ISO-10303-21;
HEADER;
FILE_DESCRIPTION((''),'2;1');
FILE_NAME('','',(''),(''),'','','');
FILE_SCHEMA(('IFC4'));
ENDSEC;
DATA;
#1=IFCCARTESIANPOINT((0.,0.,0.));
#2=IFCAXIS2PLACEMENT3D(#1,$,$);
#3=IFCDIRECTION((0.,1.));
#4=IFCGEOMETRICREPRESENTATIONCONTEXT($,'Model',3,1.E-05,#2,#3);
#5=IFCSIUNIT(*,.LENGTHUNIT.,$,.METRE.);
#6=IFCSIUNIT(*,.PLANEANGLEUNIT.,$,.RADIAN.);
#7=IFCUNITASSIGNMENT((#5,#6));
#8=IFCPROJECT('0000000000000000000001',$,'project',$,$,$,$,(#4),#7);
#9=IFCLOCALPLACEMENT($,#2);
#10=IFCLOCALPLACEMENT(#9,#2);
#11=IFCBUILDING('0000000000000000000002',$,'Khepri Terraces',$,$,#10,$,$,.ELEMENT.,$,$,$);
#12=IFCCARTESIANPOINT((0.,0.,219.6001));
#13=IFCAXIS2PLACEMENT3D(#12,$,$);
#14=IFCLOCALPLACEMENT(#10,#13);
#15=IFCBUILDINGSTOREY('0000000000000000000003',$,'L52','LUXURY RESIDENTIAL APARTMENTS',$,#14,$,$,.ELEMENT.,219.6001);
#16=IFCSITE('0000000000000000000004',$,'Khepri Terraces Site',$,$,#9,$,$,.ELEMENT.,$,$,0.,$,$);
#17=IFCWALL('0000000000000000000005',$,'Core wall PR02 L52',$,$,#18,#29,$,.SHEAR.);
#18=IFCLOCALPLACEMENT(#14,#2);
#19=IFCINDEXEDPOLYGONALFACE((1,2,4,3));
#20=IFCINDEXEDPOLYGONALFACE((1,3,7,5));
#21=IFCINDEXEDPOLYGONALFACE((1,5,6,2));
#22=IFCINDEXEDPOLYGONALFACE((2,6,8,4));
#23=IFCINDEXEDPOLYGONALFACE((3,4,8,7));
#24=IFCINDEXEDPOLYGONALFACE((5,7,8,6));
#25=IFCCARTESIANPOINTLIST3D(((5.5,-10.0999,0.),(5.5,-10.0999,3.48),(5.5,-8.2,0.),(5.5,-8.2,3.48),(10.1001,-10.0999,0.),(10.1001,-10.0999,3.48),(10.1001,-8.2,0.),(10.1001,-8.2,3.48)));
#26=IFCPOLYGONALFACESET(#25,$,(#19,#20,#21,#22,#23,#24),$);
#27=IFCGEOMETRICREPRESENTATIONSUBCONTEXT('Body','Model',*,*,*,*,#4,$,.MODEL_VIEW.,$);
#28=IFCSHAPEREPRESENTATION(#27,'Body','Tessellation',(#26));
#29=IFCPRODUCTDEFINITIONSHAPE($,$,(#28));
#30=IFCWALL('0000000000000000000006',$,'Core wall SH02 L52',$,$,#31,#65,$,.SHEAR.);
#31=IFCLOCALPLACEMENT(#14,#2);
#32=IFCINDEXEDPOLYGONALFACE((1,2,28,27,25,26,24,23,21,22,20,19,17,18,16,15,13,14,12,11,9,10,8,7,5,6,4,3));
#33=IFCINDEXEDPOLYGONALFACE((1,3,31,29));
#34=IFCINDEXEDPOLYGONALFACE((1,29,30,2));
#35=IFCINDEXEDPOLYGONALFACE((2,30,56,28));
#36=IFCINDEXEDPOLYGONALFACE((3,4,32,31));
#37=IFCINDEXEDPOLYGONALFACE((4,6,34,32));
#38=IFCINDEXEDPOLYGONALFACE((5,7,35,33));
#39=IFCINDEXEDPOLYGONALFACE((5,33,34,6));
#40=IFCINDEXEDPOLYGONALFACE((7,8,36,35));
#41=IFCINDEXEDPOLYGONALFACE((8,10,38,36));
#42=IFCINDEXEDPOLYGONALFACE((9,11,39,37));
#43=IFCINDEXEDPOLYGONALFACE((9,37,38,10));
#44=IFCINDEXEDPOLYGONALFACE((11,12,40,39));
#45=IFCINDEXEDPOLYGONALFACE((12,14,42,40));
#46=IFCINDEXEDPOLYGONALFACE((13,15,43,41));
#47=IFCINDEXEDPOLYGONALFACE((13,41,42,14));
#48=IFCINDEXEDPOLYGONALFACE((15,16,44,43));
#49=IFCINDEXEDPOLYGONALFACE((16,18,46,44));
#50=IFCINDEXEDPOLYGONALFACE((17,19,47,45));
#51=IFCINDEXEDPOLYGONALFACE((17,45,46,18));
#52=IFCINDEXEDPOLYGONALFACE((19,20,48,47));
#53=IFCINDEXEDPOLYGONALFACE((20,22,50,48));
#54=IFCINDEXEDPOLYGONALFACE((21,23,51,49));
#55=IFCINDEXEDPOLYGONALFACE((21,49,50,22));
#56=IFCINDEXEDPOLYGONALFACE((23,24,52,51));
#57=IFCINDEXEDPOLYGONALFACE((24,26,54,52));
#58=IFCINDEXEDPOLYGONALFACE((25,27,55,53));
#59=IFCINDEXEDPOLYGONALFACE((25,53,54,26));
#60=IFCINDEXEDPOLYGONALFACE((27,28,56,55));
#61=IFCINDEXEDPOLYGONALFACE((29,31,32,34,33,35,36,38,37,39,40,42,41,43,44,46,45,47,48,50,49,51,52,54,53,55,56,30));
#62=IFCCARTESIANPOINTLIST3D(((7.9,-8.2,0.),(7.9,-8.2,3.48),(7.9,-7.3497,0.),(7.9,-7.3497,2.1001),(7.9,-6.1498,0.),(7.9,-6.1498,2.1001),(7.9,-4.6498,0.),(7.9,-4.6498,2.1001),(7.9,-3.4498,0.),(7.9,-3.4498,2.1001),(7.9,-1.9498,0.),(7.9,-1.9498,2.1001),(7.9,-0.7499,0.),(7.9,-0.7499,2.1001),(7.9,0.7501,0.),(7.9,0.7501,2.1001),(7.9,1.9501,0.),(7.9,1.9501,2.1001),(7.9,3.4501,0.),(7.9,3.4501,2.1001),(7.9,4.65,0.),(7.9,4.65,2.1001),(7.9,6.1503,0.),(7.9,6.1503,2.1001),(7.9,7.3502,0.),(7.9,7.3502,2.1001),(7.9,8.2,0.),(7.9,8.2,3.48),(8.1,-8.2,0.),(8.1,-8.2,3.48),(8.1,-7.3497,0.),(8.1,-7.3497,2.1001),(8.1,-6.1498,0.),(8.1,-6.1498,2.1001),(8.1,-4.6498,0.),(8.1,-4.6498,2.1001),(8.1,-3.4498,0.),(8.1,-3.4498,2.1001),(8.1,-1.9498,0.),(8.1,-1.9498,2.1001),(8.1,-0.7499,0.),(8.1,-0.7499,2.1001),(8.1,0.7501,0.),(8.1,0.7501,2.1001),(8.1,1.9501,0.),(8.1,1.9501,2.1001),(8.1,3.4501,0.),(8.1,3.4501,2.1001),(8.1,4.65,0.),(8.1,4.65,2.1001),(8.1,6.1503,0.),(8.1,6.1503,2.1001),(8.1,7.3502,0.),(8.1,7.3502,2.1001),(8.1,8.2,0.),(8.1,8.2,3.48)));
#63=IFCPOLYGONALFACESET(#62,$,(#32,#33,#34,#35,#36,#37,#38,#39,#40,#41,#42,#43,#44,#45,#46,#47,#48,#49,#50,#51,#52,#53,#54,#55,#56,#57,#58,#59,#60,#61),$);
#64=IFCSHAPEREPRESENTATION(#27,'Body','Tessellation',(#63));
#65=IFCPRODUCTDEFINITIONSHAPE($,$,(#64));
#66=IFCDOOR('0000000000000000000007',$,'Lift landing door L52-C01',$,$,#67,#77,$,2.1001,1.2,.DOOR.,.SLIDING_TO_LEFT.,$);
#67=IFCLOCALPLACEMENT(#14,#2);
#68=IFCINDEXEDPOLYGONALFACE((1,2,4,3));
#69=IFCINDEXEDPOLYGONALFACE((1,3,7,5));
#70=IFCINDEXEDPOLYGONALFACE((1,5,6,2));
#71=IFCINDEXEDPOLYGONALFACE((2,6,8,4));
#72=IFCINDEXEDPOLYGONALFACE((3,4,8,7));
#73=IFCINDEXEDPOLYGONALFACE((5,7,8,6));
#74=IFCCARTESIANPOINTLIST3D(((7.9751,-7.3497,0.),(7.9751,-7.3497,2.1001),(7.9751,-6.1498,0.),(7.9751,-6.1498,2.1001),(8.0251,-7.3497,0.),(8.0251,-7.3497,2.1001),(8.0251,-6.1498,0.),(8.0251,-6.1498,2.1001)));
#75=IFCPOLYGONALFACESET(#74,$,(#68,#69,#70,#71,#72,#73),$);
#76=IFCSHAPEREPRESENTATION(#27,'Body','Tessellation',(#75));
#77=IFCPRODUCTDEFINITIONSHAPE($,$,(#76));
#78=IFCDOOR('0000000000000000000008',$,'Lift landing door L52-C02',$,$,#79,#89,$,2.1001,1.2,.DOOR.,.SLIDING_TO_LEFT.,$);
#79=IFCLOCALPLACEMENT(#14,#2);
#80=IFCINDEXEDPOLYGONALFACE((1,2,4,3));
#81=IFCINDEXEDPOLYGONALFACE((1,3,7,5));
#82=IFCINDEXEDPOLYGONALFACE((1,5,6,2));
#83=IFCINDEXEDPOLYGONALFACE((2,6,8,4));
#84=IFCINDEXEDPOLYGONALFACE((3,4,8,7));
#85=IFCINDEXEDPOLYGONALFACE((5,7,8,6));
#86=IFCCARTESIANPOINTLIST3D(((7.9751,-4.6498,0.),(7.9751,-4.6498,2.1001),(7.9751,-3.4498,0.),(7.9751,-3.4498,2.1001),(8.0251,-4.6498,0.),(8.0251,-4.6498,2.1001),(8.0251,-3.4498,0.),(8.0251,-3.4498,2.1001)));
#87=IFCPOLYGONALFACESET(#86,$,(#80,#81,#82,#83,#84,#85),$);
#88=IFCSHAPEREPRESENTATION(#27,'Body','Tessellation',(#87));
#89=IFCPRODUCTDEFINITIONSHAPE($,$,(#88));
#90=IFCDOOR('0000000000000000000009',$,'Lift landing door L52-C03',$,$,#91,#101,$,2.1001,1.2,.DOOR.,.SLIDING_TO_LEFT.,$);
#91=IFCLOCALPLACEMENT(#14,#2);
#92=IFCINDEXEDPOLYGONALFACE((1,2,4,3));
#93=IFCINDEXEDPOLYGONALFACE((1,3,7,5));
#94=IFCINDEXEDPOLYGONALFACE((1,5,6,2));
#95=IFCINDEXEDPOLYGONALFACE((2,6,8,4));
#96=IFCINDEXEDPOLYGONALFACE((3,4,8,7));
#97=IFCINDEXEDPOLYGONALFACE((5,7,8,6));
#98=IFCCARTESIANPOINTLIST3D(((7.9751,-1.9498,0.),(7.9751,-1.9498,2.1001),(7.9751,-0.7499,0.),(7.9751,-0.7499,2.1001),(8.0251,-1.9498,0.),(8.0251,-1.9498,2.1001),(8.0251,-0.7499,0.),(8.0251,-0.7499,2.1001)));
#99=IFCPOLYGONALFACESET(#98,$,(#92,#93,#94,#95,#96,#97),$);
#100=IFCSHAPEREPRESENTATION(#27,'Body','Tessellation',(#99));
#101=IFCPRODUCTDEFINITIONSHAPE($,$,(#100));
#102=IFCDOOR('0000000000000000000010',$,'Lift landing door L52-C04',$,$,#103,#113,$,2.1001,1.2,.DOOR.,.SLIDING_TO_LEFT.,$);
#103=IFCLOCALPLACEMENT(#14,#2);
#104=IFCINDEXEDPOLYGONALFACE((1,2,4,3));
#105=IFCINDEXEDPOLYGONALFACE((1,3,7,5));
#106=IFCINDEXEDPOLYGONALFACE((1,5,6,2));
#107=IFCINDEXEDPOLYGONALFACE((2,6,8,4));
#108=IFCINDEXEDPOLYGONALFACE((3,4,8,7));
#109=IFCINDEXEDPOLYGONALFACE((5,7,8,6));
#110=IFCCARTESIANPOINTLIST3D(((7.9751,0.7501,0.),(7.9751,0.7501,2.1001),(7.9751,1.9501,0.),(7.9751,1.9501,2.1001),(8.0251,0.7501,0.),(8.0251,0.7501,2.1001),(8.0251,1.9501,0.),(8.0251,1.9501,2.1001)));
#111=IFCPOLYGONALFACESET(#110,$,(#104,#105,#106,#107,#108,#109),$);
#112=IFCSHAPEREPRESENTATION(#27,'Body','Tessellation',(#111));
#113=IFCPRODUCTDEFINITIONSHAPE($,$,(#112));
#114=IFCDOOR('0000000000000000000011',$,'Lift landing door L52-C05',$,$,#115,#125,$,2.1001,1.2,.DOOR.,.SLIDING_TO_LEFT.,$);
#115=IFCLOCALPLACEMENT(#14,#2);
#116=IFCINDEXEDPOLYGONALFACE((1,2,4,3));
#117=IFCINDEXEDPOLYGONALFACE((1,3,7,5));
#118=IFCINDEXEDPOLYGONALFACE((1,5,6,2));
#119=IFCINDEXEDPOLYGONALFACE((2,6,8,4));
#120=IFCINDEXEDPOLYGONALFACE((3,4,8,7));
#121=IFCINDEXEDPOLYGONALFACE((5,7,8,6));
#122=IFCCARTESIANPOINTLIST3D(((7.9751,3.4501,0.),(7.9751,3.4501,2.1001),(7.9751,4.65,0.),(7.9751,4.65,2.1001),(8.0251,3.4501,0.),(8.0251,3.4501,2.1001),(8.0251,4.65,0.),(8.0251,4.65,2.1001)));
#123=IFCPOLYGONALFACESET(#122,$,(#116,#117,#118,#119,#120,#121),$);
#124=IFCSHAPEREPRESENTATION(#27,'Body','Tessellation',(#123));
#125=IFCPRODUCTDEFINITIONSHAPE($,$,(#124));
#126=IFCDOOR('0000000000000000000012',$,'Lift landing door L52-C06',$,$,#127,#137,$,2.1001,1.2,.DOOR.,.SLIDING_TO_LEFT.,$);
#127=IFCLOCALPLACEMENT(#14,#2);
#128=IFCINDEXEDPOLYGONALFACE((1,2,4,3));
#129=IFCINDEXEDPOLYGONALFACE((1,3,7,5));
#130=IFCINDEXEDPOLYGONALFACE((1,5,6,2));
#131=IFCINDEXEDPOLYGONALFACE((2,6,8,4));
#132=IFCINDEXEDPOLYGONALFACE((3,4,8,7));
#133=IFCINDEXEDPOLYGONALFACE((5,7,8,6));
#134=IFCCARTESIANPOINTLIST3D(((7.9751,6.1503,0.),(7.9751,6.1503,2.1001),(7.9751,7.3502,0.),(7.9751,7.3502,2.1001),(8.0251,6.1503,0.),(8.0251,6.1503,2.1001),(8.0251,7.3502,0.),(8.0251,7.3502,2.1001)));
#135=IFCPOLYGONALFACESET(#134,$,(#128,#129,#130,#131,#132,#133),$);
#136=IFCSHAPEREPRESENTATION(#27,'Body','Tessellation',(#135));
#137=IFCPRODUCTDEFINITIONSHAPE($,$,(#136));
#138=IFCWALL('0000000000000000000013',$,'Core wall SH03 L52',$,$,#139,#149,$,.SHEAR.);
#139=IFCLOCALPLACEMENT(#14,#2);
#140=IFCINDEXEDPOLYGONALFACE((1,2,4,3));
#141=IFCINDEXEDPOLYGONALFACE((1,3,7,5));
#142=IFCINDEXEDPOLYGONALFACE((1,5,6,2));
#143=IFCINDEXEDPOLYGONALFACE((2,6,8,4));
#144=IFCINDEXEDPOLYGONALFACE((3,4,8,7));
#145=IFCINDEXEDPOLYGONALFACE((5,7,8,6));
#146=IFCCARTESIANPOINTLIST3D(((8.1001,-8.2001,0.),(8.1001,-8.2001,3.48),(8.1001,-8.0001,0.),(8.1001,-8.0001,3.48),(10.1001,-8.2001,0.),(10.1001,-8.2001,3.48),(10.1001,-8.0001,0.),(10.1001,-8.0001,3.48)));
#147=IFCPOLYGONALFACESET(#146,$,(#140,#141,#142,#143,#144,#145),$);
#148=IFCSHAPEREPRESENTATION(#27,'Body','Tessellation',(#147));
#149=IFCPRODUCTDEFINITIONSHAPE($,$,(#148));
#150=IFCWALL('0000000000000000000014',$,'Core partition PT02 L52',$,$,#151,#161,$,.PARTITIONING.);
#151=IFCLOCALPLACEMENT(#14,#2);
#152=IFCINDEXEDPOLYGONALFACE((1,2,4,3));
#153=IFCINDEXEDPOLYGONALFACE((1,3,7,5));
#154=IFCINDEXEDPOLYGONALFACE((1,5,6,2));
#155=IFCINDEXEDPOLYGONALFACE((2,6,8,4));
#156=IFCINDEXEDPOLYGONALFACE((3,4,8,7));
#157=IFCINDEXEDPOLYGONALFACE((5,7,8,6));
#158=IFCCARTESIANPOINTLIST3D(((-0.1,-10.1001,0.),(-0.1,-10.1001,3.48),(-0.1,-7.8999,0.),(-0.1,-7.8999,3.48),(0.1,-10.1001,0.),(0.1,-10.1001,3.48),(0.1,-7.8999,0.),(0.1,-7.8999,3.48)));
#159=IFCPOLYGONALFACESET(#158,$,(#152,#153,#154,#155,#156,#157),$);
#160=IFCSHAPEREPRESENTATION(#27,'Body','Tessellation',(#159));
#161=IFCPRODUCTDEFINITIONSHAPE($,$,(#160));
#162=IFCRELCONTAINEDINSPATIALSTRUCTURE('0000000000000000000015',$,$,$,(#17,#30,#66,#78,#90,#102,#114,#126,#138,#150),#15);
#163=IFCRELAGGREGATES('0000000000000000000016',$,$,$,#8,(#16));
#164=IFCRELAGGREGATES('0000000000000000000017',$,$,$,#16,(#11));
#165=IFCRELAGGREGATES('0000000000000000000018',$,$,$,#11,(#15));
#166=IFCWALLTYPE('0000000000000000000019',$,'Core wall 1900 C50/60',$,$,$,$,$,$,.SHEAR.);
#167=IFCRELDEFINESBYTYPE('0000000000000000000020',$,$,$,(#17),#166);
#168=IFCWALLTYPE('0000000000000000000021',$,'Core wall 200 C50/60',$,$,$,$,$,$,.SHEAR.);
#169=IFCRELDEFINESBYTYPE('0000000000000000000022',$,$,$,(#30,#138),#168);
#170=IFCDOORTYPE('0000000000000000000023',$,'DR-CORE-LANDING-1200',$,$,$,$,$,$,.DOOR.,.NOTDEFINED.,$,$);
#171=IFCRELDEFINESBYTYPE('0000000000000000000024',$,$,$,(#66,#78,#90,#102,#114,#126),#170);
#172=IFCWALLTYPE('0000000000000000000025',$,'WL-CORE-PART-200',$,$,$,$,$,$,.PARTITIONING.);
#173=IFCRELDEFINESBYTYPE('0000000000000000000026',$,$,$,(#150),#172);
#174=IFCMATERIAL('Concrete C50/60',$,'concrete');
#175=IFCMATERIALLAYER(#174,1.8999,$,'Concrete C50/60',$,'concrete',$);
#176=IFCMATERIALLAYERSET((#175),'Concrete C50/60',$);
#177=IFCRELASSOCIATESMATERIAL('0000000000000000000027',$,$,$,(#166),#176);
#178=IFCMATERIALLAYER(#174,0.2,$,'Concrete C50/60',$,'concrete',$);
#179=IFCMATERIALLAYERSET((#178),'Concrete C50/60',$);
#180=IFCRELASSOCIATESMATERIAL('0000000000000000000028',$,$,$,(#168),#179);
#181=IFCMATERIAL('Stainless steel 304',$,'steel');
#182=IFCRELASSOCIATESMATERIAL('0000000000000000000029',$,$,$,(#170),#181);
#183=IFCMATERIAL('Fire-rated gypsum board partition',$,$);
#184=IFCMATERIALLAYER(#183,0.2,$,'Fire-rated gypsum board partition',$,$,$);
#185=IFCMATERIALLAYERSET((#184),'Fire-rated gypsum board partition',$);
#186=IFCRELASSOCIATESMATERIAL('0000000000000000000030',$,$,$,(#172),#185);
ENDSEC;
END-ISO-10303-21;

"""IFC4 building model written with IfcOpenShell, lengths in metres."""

from ifc_helpers import new_model, si_unit, direction, frame, frame_2d, origin, place, context, subcontext, project, spatial, rectangle, extrude, material, layer, layer_set, type_object, element, fill, save


model = new_model("IFC4")

# Units and contexts
model_context = context("Model", 3, precision=1e-05, world=origin(), true_north=direction((0.0, 1.0)))
body_context = subcontext(model_context, "Body", "Model", "MODEL_VIEW")
ifc_project = project(units=[si_unit("LENGTHUNIT", "METRE"), si_unit("PLANEANGLEUNIT", "RADIAN")], contexts=[model_context])

# Site, building, storey
site_placement = place(None, origin())
site = spatial("IfcSite", under=ifc_project, at=site_placement, Name="Khepri Terraces Site", CompositionType="ELEMENT", RefElevation=0.0)
building_placement = place(site_placement, origin())
building = spatial("IfcBuilding", under=site, at=building_placement, Name="Khepri Terraces", CompositionType="ELEMENT")
storey_placement = place(building_placement, frame((0.0, 0.0, 219.6001)))
storey = spatial("IfcBuildingStorey", under=building, at=storey_placement, Name="L52", Description="LUXURY RESIDENTIAL APARTMENTS", CompositionType="ELEMENT", Elevation=219.6001)

# Wall
ifc_material_1 = material(Name="Concrete C50/60", Category="concrete")
ifc_layer_1 = layer(ifc_material_1, 1.8999, Name="Concrete C50/60", Category="concrete")
ifc_layer_set_1 = layer_set([ifc_layer_1], Name="Concrete C50/60")
wall_type_1 = type_object("IfcWallType", Name="Core wall 1900 C50/60", PredefinedType="SHEAR", material=ifc_layer_set_1)
wall_1_placement = place(storey_placement, frame((5.5, -9.1499, 0.0), z_axis=(0.0, 0.0, 1.0), x_axis=(1.0, 0.0, 0.0)))
element("IfcWall", 1, at=wall_1_placement, inside=storey, type_object=wall_type_1, Name="Core wall PR02 L52", PredefinedType="SHEAR", context=body_context, shape_type="SweptSolid", body=[
    extrude(rectangle(XDim=4.6001, YDim=1.8999, at=frame_2d((2.3, 0.0))), origin(), (0.0, 0.0, 1.0), 3.48),
])

# Wall, openings, doors
ifc_layer_2 = layer(ifc_material_1, 0.2, Name="Concrete C50/60", Category="concrete")
ifc_layer_set_2 = layer_set([ifc_layer_2], Name="Concrete C50/60")
wall_type_2 = type_object("IfcWallType", Name="Core wall 200 C50/60", PredefinedType="SHEAR", material=ifc_layer_set_2)
wall_2_placement = place(storey_placement, frame((8.0, -8.2, 0.0), z_axis=(0.0, 0.0, 1.0), x_axis=(0.0, 1.0, 0.0)))
wall_2 = element("IfcWall", 2, at=wall_2_placement, inside=storey, type_object=wall_type_2, Name="Core wall SH02 L52", PredefinedType="SHEAR", context=body_context, shape_type="SweptSolid", body=[
    extrude(rectangle(XDim=16.3999, YDim=0.2, at=frame_2d((8.2, 0.0))), origin(), (0.0, 0.0, 1.0), 3.48),
])
opening_1_placement = place(wall_2_placement, frame((0.8501, 0.0, 0.0)))
opening_1 = element("IfcOpeningElement", 3, at=opening_1_placement, cuts=wall_2, PredefinedType="OPENING", context=body_context, shape_type="SweptSolid", body=[
    extrude(rectangle(XDim=1.2, YDim=2.1001, at=frame_2d((0.6001, 1.05))), frame((0.0, 0.1099, 0.0), z_axis=(0.0, -1.0, 0.0), x_axis=(1.0, 0.0, 0.0)), (0.0, 0.0, 1.0), 0.22),
])
opening_2_placement = place(wall_2_placement, frame((3.55, 0.0, 0.0)))
opening_2 = element("IfcOpeningElement", 4, at=opening_2_placement, cuts=wall_2, PredefinedType="OPENING", context=body_context, shape_type="SweptSolid", body=[
    extrude(rectangle(XDim=1.2, YDim=2.1001, at=frame_2d((0.6001, 1.05))), frame((0.0, 0.1099, 0.0), z_axis=(0.0, -1.0, 0.0), x_axis=(1.0, 0.0, 0.0)), (0.0, 0.0, 1.0), 0.22),
])
opening_3_placement = place(wall_2_placement, frame((6.25, 0.0, 0.0)))
opening_3 = element("IfcOpeningElement", 5, at=opening_3_placement, cuts=wall_2, PredefinedType="OPENING", context=body_context, shape_type="SweptSolid", body=[
    extrude(rectangle(XDim=1.2, YDim=2.1001, at=frame_2d((0.6001, 1.05))), frame((0.0, 0.1099, 0.0), z_axis=(0.0, -1.0, 0.0), x_axis=(1.0, 0.0, 0.0)), (0.0, 0.0, 1.0), 0.22),
])
opening_4_placement = place(wall_2_placement, frame((8.95, 0.0, 0.0)))
opening_4 = element("IfcOpeningElement", 6, at=opening_4_placement, cuts=wall_2, PredefinedType="OPENING", context=body_context, shape_type="SweptSolid", body=[
    extrude(rectangle(XDim=1.2, YDim=2.1001, at=frame_2d((0.6001, 1.05))), frame((0.0, 0.1099, 0.0), z_axis=(0.0, -1.0, 0.0), x_axis=(1.0, 0.0, 0.0)), (0.0, 0.0, 1.0), 0.22),
])
opening_5_placement = place(wall_2_placement, frame((11.6499, 0.0, 0.0)))
opening_5 = element("IfcOpeningElement", 7, at=opening_5_placement, cuts=wall_2, PredefinedType="OPENING", context=body_context, shape_type="SweptSolid", body=[
    extrude(rectangle(XDim=1.2, YDim=2.1001, at=frame_2d((0.6001, 1.05))), frame((0.0, 0.1099, 0.0), z_axis=(0.0, -1.0, 0.0), x_axis=(1.0, 0.0, 0.0)), (0.0, 0.0, 1.0), 0.22),
])
opening_6_placement = place(wall_2_placement, frame((14.3501, 0.0, 0.0)))
opening_6 = element("IfcOpeningElement", 8, at=opening_6_placement, cuts=wall_2, PredefinedType="OPENING", context=body_context, shape_type="SweptSolid", body=[
    extrude(rectangle(XDim=1.2, YDim=2.1001, at=frame_2d((0.6001, 1.05))), frame((0.0, 0.1099, 0.0), z_axis=(0.0, -1.0, 0.0), x_axis=(1.0, 0.0, 0.0)), (0.0, 0.0, 1.0), 0.22),
])
ifc_material_2 = material(Name="Stainless steel 304", Category="steel")
door_type_1 = type_object("IfcDoorType", Name="DR-CORE-LANDING-1200", OperationType="NOTDEFINED", PredefinedType="DOOR", material=ifc_material_2)
door_1_placement = place(opening_1_placement, origin())
door_1 = element("IfcDoor", 9, at=door_1_placement, inside=storey, type_object=door_type_1, Name="Lift landing door L52-C01", OperationType="SLIDING_TO_LEFT", OverallHeight=2.1001, OverallWidth=1.2, PredefinedType="DOOR", context=body_context, shape_type="SweptSolid", body=[
    extrude(rectangle(XDim=1.2, YDim=2.1001, at=frame_2d((0.6001, 1.05))), frame((0.0, 0.0249, 0.0), z_axis=(0.0, -1.0, 0.0), x_axis=(1.0, 0.0, 0.0)), (0.0, 0.0, 1.0), 0.05),
])
fill(opening_1, door_1)
door_2_placement = place(opening_2_placement, origin())
door_2 = element("IfcDoor", 10, at=door_2_placement, inside=storey, type_object=door_type_1, Name="Lift landing door L52-C02", OperationType="SLIDING_TO_LEFT", OverallHeight=2.1001, OverallWidth=1.2, PredefinedType="DOOR", context=body_context, shape_type="SweptSolid", body=[
    extrude(rectangle(XDim=1.2, YDim=2.1001, at=frame_2d((0.6001, 1.05))), frame((0.0, 0.0249, 0.0), z_axis=(0.0, -1.0, 0.0), x_axis=(1.0, 0.0, 0.0)), (0.0, 0.0, 1.0), 0.05),
])
fill(opening_2, door_2)
door_3_placement = place(opening_3_placement, origin())
door_3 = element("IfcDoor", 11, at=door_3_placement, inside=storey, type_object=door_type_1, Name="Lift landing door L52-C03", OperationType="SLIDING_TO_LEFT", OverallHeight=2.1001, OverallWidth=1.2, PredefinedType="DOOR", context=body_context, shape_type="SweptSolid", body=[
    extrude(rectangle(XDim=1.2, YDim=2.1001, at=frame_2d((0.6001, 1.05))), frame((0.0, 0.0249, 0.0), z_axis=(0.0, -1.0, 0.0), x_axis=(1.0, 0.0, 0.0)), (0.0, 0.0, 1.0), 0.05),
])
fill(opening_3, door_3)
door_4_placement = place(opening_4_placement, origin())
door_4 = element("IfcDoor", 12, at=door_4_placement, inside=storey, type_object=door_type_1, Name="Lift landing door L52-C04", OperationType="SLIDING_TO_LEFT", OverallHeight=2.1001, OverallWidth=1.2, PredefinedType="DOOR", context=body_context, shape_type="SweptSolid", body=[
    extrude(rectangle(XDim=1.2, YDim=2.1001, at=frame_2d((0.6001, 1.05))), frame((0.0, 0.0249, 0.0), z_axis=(0.0, -1.0, 0.0), x_axis=(1.0, 0.0, 0.0)), (0.0, 0.0, 1.0), 0.05),
])
fill(opening_4, door_4)
door_5_placement = place(opening_5_placement, origin())
door_5 = element("IfcDoor", 13, at=door_5_placement, inside=storey, type_object=door_type_1, Name="Lift landing door L52-C05", OperationType="SLIDING_TO_LEFT", OverallHeight=2.1001, OverallWidth=1.2, PredefinedType="DOOR", context=body_context, shape_type="SweptSolid", body=[
    extrude(rectangle(XDim=1.2, YDim=2.1001, at=frame_2d((0.6001, 1.05))), frame((0.0, 0.0249, 0.0), z_axis=(0.0, -1.0, 0.0), x_axis=(1.0, 0.0, 0.0)), (0.0, 0.0, 1.0), 0.05),
])
fill(opening_5, door_5)
door_6_placement = place(opening_6_placement, origin())
door_6 = element("IfcDoor", 14, at=door_6_placement, inside=storey, type_object=door_type_1, Name="Lift landing door L52-C06", OperationType="SLIDING_TO_LEFT", OverallHeight=2.1001, OverallWidth=1.2, PredefinedType="DOOR", context=body_context, shape_type="SweptSolid", body=[
    extrude(rectangle(XDim=1.2, YDim=2.1001, at=frame_2d((0.6001, 1.05))), frame((0.0, 0.0249, 0.0), z_axis=(0.0, -1.0, 0.0), x_axis=(1.0, 0.0, 0.0)), (0.0, 0.0, 1.0), 0.05),
])
fill(opening_6, door_6)

# Walls
wall_3_placement = place(storey_placement, frame((8.1001, -8.1001, 0.0), z_axis=(0.0, 0.0, 1.0), x_axis=(1.0, 0.0, 0.0)))
element("IfcWall", 15, at=wall_3_placement, inside=storey, type_object=wall_type_2, Name="Core wall SH03 L52", PredefinedType="SHEAR", context=body_context, shape_type="SweptSolid", body=[
    extrude(rectangle(XDim=2.0, YDim=0.2, at=frame_2d((1.0, 0.0))), origin(), (0.0, 0.0, 1.0), 3.48),
])
ifc_material_3 = material(Name="Fire-rated gypsum board partition")
ifc_layer_3 = layer(ifc_material_3, 0.2, Name="Fire-rated gypsum board partition")
ifc_layer_set_3 = layer_set([ifc_layer_3], Name="Fire-rated gypsum board partition")
wall_type_3 = type_object("IfcWallType", Name="WL-CORE-PART-200", PredefinedType="PARTITIONING", material=ifc_layer_set_3)
wall_4_placement = place(storey_placement, frame((0.0, -10.1001, 0.0), z_axis=(0.0, 0.0, 1.0), x_axis=(0.0, 1.0, 0.0)))
element("IfcWall", 16, at=wall_4_placement, inside=storey, type_object=wall_type_3, Name="Core partition PT02 L52", PredefinedType="PARTITIONING", context=body_context, shape_type="SweptSolid", body=[
    extrude(rectangle(XDim=2.2002, YDim=0.2, at=frame_2d((1.1001, 0.0))), origin(), (0.0, 0.0, 1.0), 3.48),
])

save(model, "model.ifc")
